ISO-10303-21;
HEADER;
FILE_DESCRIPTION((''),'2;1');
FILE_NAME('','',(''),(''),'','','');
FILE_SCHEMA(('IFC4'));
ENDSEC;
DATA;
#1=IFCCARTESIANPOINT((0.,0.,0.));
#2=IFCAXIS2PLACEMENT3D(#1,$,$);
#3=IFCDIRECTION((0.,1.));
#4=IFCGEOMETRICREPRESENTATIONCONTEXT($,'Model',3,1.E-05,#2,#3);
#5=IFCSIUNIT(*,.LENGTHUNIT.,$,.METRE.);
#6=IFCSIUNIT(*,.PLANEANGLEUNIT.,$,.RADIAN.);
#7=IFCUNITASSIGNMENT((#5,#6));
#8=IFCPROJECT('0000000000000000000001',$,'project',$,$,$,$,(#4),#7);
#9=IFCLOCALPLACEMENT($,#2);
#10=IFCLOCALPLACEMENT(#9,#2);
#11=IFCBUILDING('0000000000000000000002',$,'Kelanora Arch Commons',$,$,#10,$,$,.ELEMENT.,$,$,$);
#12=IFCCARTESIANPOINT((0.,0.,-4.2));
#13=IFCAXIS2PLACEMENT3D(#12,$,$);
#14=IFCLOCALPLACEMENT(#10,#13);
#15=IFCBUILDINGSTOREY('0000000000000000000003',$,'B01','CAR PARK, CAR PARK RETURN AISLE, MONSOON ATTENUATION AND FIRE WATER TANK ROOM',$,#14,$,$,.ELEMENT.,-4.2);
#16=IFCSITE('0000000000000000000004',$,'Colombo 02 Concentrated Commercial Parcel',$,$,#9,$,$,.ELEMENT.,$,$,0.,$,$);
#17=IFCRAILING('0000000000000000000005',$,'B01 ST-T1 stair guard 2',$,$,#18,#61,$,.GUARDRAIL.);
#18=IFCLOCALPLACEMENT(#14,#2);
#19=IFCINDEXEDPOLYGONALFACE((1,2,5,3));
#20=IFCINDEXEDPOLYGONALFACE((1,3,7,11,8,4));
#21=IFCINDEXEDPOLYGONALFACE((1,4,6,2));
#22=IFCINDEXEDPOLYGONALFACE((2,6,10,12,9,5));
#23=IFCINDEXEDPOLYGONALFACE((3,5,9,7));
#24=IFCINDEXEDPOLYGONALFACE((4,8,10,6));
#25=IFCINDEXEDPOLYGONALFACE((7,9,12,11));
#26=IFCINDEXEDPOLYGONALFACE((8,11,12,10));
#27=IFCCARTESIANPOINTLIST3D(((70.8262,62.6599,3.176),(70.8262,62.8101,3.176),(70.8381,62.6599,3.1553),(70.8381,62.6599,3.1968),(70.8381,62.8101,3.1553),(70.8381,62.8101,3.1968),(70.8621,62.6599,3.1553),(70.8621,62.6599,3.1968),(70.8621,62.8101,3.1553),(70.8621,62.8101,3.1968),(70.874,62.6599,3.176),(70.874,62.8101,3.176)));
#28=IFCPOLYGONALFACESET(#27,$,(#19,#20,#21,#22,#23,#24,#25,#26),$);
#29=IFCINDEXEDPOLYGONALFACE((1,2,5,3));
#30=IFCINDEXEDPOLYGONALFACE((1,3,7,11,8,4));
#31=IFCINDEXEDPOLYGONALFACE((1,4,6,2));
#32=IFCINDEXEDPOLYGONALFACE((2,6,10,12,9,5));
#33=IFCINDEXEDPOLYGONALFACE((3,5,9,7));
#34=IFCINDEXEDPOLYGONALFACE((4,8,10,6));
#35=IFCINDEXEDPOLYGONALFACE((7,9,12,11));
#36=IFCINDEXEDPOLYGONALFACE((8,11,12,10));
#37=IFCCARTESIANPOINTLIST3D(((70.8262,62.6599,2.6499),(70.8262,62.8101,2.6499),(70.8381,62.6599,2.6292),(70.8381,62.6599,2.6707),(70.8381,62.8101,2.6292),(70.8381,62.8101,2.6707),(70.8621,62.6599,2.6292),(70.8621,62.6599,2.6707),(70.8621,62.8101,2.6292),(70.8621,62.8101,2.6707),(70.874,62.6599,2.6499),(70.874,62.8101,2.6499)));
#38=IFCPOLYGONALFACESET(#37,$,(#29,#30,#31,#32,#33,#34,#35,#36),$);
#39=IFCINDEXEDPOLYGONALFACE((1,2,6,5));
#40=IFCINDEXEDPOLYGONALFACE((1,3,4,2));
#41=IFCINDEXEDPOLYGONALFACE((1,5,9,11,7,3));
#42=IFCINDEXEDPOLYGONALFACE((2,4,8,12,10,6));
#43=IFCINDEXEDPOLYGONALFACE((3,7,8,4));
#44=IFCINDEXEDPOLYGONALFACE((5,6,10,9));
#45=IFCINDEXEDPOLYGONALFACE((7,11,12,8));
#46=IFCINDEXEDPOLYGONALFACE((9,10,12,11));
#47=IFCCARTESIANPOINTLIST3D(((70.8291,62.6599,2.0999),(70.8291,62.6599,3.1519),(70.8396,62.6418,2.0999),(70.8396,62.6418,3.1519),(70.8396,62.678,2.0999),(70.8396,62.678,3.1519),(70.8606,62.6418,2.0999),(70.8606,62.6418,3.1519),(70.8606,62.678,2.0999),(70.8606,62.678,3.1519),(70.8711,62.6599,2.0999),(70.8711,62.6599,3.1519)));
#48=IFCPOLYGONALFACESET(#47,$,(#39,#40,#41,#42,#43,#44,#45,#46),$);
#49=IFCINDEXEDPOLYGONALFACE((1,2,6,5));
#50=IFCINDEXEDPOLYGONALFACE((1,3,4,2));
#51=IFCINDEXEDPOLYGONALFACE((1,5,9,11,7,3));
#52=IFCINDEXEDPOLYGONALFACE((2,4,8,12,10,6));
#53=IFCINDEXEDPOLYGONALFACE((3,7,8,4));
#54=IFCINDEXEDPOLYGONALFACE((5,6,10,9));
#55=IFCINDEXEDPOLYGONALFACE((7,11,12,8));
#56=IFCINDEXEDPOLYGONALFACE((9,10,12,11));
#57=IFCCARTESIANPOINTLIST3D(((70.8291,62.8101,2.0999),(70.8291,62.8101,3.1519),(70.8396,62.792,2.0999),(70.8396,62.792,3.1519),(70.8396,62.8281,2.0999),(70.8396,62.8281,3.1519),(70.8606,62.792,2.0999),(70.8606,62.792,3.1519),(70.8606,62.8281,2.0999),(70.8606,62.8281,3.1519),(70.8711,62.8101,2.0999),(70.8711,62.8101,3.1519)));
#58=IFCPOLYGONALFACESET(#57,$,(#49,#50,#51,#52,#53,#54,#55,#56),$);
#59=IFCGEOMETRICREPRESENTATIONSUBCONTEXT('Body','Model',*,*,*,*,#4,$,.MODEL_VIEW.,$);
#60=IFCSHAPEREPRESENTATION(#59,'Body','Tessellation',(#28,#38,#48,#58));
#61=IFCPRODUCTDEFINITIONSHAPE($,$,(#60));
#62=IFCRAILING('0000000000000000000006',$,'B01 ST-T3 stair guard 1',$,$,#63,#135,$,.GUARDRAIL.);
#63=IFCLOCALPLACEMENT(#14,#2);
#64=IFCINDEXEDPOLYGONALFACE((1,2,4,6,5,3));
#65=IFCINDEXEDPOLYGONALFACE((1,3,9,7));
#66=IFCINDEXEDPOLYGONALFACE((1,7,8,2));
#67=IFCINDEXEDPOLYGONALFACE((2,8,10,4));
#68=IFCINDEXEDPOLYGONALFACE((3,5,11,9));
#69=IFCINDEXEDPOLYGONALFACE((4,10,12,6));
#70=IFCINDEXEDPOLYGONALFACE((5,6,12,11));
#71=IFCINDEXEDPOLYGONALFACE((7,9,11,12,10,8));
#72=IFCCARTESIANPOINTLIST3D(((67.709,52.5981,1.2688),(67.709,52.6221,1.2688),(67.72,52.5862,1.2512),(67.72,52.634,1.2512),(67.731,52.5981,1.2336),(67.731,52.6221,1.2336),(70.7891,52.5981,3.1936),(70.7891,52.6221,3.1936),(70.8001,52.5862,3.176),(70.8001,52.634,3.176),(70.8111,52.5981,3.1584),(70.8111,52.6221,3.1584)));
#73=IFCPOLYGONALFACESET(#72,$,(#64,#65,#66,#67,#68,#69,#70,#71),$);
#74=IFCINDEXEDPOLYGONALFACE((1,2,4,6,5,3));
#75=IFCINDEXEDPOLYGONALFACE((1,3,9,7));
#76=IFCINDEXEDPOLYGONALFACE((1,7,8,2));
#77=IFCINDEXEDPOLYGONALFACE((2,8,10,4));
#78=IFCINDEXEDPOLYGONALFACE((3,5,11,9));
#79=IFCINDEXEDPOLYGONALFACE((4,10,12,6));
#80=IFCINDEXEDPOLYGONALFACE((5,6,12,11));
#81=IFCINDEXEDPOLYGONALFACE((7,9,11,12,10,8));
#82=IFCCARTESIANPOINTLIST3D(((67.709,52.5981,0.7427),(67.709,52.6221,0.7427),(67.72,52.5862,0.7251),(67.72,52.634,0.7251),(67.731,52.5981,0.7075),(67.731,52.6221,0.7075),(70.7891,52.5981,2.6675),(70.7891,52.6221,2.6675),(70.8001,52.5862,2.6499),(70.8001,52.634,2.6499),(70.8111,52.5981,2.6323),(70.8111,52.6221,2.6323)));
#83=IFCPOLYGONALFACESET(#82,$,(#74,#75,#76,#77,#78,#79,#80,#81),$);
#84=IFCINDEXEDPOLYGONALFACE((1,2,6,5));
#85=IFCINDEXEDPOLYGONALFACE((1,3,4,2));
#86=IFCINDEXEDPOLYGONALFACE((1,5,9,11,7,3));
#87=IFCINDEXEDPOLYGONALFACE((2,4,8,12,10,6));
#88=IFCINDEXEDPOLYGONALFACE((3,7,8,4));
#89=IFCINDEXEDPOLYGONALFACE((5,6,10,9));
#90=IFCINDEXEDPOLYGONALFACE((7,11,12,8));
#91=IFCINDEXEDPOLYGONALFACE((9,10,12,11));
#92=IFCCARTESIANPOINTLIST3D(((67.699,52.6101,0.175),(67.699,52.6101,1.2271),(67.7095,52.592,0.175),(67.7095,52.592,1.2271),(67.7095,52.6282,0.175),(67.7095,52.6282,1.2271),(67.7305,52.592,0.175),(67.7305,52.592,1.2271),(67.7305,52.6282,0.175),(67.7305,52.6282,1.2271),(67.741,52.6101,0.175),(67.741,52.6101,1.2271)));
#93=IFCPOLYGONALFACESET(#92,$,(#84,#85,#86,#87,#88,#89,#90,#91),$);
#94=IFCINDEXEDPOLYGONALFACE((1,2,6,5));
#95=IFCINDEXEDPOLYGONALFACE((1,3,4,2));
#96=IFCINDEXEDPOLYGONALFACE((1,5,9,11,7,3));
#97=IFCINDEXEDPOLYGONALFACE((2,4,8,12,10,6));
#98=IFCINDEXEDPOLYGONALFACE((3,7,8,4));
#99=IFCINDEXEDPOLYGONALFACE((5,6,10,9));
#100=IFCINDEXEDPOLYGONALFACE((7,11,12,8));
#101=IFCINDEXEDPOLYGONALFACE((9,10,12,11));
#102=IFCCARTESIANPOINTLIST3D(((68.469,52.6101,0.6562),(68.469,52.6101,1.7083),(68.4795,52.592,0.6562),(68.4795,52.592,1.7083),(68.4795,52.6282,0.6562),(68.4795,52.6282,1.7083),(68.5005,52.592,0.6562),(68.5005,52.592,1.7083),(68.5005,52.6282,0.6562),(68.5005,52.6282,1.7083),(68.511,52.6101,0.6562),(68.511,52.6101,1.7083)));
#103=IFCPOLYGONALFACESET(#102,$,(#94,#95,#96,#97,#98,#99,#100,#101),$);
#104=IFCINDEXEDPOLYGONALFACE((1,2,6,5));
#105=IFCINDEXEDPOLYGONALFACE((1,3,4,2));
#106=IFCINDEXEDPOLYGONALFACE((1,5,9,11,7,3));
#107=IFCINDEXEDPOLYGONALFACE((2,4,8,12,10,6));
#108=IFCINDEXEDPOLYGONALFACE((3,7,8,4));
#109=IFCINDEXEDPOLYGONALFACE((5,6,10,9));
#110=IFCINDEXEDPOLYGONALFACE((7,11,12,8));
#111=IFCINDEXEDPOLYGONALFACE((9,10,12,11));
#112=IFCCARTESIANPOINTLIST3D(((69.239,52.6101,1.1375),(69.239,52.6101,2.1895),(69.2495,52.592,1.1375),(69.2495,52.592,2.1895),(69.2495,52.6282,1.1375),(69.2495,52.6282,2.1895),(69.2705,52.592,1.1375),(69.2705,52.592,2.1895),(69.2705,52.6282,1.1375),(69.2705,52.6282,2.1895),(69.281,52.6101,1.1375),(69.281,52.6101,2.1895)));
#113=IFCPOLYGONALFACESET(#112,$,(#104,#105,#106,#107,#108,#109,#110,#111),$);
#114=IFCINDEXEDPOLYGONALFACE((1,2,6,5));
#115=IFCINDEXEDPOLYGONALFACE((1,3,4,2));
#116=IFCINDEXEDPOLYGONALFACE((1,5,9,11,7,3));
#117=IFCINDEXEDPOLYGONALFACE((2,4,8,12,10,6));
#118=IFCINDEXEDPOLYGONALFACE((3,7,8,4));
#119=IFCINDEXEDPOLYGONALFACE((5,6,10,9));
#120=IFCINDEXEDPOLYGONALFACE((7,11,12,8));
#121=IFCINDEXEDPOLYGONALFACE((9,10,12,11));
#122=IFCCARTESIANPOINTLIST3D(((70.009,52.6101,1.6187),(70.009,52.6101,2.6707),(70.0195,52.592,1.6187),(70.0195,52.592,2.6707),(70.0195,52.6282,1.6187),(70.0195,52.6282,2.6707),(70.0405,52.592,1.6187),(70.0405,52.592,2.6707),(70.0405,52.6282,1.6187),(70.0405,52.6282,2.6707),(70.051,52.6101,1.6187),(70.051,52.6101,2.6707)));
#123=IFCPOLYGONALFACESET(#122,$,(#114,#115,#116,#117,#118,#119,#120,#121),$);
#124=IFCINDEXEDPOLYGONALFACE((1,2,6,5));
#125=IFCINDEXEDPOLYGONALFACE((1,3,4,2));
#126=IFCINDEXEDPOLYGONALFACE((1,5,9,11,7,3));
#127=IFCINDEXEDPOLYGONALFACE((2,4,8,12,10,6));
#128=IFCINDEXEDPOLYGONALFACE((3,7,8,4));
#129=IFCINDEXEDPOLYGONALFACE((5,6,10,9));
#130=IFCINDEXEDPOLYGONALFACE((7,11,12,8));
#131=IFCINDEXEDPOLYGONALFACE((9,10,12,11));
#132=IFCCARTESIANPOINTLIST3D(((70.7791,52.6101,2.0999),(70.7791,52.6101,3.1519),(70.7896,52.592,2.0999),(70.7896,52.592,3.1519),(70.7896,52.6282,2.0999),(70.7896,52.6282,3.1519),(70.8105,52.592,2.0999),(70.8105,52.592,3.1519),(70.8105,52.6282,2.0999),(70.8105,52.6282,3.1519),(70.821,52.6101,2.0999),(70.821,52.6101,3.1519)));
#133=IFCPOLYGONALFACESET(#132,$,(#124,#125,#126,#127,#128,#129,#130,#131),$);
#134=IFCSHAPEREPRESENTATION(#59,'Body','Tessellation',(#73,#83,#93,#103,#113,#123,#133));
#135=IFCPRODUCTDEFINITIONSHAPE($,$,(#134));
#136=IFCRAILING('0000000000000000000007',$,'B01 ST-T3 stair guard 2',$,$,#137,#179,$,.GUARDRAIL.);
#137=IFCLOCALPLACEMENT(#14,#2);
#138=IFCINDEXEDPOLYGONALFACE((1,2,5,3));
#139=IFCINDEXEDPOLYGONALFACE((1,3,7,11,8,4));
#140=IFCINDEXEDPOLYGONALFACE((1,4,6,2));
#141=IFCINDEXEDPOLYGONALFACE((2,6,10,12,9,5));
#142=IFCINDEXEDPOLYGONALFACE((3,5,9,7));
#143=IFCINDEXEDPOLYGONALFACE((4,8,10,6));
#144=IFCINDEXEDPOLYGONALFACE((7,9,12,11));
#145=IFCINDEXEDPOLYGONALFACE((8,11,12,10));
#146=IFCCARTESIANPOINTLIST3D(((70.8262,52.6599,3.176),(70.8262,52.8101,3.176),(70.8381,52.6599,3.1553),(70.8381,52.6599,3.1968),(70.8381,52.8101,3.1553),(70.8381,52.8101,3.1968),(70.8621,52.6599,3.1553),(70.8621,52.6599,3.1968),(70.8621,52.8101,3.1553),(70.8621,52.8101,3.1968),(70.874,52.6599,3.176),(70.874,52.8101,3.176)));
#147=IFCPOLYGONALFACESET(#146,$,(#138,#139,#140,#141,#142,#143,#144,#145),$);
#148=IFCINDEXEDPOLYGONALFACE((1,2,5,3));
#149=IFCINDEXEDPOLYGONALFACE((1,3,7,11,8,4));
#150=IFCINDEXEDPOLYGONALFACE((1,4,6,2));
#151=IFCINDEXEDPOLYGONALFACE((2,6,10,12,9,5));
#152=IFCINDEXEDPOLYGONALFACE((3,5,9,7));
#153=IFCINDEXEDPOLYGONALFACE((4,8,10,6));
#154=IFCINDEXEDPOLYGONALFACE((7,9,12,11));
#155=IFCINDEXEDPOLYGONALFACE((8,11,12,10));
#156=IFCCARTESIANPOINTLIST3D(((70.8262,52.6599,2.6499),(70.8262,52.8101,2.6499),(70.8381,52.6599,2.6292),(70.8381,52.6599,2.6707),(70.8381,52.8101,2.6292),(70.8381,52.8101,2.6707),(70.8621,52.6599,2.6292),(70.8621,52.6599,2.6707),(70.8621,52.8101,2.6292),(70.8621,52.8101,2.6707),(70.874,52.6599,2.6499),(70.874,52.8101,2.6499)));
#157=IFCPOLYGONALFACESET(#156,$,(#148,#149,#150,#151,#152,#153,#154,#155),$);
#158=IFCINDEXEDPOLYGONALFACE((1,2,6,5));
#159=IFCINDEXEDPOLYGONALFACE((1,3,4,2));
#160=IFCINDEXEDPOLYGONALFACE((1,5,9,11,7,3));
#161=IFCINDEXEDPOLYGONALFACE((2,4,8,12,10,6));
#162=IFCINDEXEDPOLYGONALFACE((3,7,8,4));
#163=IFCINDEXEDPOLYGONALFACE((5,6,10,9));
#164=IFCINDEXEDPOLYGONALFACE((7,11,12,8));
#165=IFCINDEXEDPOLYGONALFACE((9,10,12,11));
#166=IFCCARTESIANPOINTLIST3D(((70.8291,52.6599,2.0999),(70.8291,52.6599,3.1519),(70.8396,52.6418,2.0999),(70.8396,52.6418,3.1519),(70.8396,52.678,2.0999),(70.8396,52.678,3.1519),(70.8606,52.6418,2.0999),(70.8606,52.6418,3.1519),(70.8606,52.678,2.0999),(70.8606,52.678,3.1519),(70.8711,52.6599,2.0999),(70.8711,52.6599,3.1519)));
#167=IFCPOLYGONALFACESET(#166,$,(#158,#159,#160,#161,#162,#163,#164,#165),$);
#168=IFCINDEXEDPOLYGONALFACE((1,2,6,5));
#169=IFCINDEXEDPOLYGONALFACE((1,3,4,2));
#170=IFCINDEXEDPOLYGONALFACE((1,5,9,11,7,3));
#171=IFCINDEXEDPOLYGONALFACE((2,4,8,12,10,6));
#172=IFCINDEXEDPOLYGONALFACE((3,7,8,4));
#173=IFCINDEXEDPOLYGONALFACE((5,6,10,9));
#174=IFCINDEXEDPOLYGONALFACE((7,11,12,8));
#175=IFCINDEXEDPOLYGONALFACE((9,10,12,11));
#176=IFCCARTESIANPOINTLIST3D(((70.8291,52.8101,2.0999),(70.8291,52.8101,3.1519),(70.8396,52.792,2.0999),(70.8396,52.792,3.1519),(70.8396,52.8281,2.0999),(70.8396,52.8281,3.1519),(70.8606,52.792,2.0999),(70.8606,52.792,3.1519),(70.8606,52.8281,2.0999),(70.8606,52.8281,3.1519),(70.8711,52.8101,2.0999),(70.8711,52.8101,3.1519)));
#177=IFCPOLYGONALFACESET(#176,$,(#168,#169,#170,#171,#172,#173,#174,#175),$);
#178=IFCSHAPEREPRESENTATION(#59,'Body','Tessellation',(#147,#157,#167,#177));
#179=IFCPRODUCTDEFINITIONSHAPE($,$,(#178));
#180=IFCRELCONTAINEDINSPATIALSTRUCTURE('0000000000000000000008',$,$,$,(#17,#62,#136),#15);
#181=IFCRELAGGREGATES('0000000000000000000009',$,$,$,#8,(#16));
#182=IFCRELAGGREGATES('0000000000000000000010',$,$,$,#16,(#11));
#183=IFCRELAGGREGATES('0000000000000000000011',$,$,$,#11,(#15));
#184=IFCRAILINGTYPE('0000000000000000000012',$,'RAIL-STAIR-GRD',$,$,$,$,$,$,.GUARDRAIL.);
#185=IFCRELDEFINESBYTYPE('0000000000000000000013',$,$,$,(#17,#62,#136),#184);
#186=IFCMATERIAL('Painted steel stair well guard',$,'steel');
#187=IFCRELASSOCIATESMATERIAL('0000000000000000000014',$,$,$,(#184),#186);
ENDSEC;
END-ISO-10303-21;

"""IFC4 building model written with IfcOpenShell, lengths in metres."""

from ifc_helpers import new_model, si_unit, direction, frame, origin, place, context, subcontext, project, spatial, polyline, outline, extrude, material, type_object, element, save


model = new_model("IFC4")

# Units and contexts
model_context = context("Model", 3, precision=1e-05, world=origin(), true_north=direction((0.0, 1.0)))
body_context = subcontext(model_context, "Body", "Model", "MODEL_VIEW")
ifc_project = project(units=[si_unit("LENGTHUNIT", "METRE"), si_unit("PLANEANGLEUNIT", "RADIAN")], contexts=[model_context])

# Site, building, storey
site_placement = place(None, origin())
site = spatial("IfcSite", under=ifc_project, at=site_placement, Name="Colombo 02 Concentrated Commercial Parcel", CompositionType="ELEMENT", RefElevation=0.0)
building_placement = place(site_placement, origin())
building = spatial("IfcBuilding", under=site, at=building_placement, Name="Kelanora Arch Commons", CompositionType="ELEMENT")
storey_placement = place(building_placement, frame((0.0, 0.0, -4.2)))
storey = spatial("IfcBuildingStorey", under=building, at=storey_placement, Name="B01", Description="CAR PARK, CAR PARK RETURN AISLE, MONSOON ATTENUATION AND FIRE WATER TANK ROOM", CompositionType="ELEMENT", Elevation=-4.2)

# Railings
ifc_material_1 = material(Name="Painted steel stair well guard", Category="steel")
railing_type_1 = type_object("IfcRailingType", Name="RAIL-STAIR-GRD", PredefinedType="GUARDRAIL", material=ifc_material_1)
railing_1_placement = place(storey_placement, frame((70.8501, 62.6599, 2.0999)))
element("IfcRailing", 1, at=railing_1_placement, inside=storey, type_object=railing_type_1, Name="B01 ST-T1 stair guard 2", PredefinedType="GUARDRAIL", context=body_context, shape_type="SweptSolid", body=[
    extrude(outline(polyline([(0.0239, 0.0), (0.012, 0.0208), (-0.012, 0.0208), (-0.0239, 0.0), (-0.012, -0.0208), (0.012, -0.0208), (0.0239, 0.0)])), frame((0.0, 0.0, 1.0762), z_axis=(0.0, 1.0, 0.0), x_axis=(-1.0, 0.0, 0.0)), (0.0, 0.0, 1.0), 0.1501),
    extrude(outline(polyline([(0.0239, 0.0), (0.012, 0.0208), (-0.012, 0.0208), (-0.0239, 0.0), (-0.012, -0.0208), (0.012, -0.0208), (0.0239, 0.0)])), frame((0.0, 0.0, 0.55), z_axis=(0.0, 1.0, 0.0), x_axis=(-1.0, 0.0, 0.0)), (0.0, 0.0, 1.0), 0.1501),
    extrude(outline(polyline([(0.021, 0.0), (0.0105, 0.0181), (-0.0105, 0.0181), (-0.021, 0.0), (-0.0105, -0.0181), (0.0105, -0.0181), (0.021, 0.0)])), origin(), (0.0, 0.0, 1.0), 1.052),
    extrude(outline(polyline([(0.021, 0.0), (0.0105, 0.0181), (-0.0105, 0.0181), (-0.021, 0.0), (-0.0105, -0.0181), (0.0105, -0.0181), (0.021, 0.0)])), frame((0.0, 0.1501, 0.0)), (0.0, 0.0, 1.0), 1.052),
])
railing_2_placement = place(storey_placement, frame((67.72, 52.6101, 0.175)))
element("IfcRailing", 2, at=railing_2_placement, inside=storey, type_object=railing_type_1, Name="B01 ST-T3 stair guard 1", PredefinedType="GUARDRAIL", context=body_context, shape_type="SweptSolid", body=[
    extrude(outline(polyline([(0.0239, 0.0), (0.012, 0.0208), (-0.012, 0.0208), (-0.0239, 0.0), (-0.012, -0.0208), (0.012, -0.0208), (0.0239, 0.0)])), frame((0.0, 0.0, 1.0762), z_axis=(0.848029, 0.0, 0.529951), x_axis=(0.0, 1.0, 0.0)), (0.0, 0.0, 1.0), 3.6321),
    extrude(outline(polyline([(0.0239, 0.0), (0.012, 0.0208), (-0.012, 0.0208), (-0.0239, 0.0), (-0.012, -0.0208), (0.012, -0.0208), (0.0239, 0.0)])), frame((0.0, 0.0, 0.55), z_axis=(0.848029, 0.0, 0.529951), x_axis=(0.0, 1.0, 0.0)), (0.0, 0.0, 1.0), 3.6321),
    extrude(outline(polyline([(0.021, 0.0), (0.0105, 0.0181), (-0.0105, 0.0181), (-0.021, 0.0), (-0.0105, -0.0181), (0.0105, -0.0181), (0.021, 0.0)])), origin(), (0.0, 0.0, 1.0), 1.052),
    extrude(outline(polyline([(0.021, 0.0), (0.0105, 0.0181), (-0.0105, 0.0181), (-0.021, 0.0), (-0.0105, -0.0181), (0.0105, -0.0181), (0.021, 0.0)])), frame((0.77, 0.0, 0.4812)), (0.0, 0.0, 1.0), 1.052),
    extrude(outline(polyline([(0.021, 0.0), (0.0105, 0.0181), (-0.0105, 0.0181), (-0.021, 0.0), (-0.0105, -0.0181), (0.0105, -0.0181), (0.021, 0.0)])), frame((1.54, 0.0, 0.9624)), (0.0, 0.0, 1.0), 1.052),
    extrude(outline(polyline([(0.021, 0.0), (0.0105, 0.0181), (-0.0105, 0.0181), (-0.021, 0.0), (-0.0105, -0.0181), (0.0105, -0.0181), (0.021, 0.0)])), frame((2.3101, 0.0, 1.4436)), (0.0, 0.0, 1.0), 1.052),
    extrude(outline(polyline([(0.021, 0.0), (0.0105, 0.0181), (-0.0105, 0.0181), (-0.021, 0.0), (-0.0105, -0.0181), (0.0105, -0.0181), (0.021, 0.0)])), frame((3.0801, 0.0, 1.9248)), (0.0, 0.0, 1.0), 1.052),
])
railing_3_placement = place(storey_placement, frame((70.8501, 52.6599, 2.0999)))
element("IfcRailing", 3, at=railing_3_placement, inside=storey, type_object=railing_type_1, Name="B01 ST-T3 stair guard 2", PredefinedType="GUARDRAIL", context=body_context, shape_type="SweptSolid", body=[
    extrude(outline(polyline([(0.0239, 0.0), (0.012, 0.0208), (-0.012, 0.0208), (-0.0239, 0.0), (-0.012, -0.0208), (0.012, -0.0208), (0.0239, 0.0)])), frame((0.0, 0.0, 1.0762), z_axis=(0.0, 1.0, 0.0), x_axis=(-1.0, 0.0, 0.0)), (0.0, 0.0, 1.0), 0.1501),
    extrude(outline(polyline([(0.0239, 0.0), (0.012, 0.0208), (-0.012, 0.0208), (-0.0239, 0.0), (-0.012, -0.0208), (0.012, -0.0208), (0.0239, 0.0)])), frame((0.0, 0.0, 0.55), z_axis=(0.0, 1.0, 0.0), x_axis=(-1.0, 0.0, 0.0)), (0.0, 0.0, 1.0), 0.1501),
    extrude(outline(polyline([(0.021, 0.0), (0.0105, 0.0181), (-0.0105, 0.0181), (-0.021, 0.0), (-0.0105, -0.0181), (0.0105, -0.0181), (0.021, 0.0)])), origin(), (0.0, 0.0, 1.0), 1.052),
    extrude(outline(polyline([(0.021, 0.0), (0.0105, 0.0181), (-0.0105, 0.0181), (-0.021, 0.0), (-0.0105, -0.0181), (0.0105, -0.0181), (0.021, 0.0)])), frame((0.0, 0.1501, 0.0)), (0.0, 0.0, 1.0), 1.052),
])

save(model, "model.ifc")
